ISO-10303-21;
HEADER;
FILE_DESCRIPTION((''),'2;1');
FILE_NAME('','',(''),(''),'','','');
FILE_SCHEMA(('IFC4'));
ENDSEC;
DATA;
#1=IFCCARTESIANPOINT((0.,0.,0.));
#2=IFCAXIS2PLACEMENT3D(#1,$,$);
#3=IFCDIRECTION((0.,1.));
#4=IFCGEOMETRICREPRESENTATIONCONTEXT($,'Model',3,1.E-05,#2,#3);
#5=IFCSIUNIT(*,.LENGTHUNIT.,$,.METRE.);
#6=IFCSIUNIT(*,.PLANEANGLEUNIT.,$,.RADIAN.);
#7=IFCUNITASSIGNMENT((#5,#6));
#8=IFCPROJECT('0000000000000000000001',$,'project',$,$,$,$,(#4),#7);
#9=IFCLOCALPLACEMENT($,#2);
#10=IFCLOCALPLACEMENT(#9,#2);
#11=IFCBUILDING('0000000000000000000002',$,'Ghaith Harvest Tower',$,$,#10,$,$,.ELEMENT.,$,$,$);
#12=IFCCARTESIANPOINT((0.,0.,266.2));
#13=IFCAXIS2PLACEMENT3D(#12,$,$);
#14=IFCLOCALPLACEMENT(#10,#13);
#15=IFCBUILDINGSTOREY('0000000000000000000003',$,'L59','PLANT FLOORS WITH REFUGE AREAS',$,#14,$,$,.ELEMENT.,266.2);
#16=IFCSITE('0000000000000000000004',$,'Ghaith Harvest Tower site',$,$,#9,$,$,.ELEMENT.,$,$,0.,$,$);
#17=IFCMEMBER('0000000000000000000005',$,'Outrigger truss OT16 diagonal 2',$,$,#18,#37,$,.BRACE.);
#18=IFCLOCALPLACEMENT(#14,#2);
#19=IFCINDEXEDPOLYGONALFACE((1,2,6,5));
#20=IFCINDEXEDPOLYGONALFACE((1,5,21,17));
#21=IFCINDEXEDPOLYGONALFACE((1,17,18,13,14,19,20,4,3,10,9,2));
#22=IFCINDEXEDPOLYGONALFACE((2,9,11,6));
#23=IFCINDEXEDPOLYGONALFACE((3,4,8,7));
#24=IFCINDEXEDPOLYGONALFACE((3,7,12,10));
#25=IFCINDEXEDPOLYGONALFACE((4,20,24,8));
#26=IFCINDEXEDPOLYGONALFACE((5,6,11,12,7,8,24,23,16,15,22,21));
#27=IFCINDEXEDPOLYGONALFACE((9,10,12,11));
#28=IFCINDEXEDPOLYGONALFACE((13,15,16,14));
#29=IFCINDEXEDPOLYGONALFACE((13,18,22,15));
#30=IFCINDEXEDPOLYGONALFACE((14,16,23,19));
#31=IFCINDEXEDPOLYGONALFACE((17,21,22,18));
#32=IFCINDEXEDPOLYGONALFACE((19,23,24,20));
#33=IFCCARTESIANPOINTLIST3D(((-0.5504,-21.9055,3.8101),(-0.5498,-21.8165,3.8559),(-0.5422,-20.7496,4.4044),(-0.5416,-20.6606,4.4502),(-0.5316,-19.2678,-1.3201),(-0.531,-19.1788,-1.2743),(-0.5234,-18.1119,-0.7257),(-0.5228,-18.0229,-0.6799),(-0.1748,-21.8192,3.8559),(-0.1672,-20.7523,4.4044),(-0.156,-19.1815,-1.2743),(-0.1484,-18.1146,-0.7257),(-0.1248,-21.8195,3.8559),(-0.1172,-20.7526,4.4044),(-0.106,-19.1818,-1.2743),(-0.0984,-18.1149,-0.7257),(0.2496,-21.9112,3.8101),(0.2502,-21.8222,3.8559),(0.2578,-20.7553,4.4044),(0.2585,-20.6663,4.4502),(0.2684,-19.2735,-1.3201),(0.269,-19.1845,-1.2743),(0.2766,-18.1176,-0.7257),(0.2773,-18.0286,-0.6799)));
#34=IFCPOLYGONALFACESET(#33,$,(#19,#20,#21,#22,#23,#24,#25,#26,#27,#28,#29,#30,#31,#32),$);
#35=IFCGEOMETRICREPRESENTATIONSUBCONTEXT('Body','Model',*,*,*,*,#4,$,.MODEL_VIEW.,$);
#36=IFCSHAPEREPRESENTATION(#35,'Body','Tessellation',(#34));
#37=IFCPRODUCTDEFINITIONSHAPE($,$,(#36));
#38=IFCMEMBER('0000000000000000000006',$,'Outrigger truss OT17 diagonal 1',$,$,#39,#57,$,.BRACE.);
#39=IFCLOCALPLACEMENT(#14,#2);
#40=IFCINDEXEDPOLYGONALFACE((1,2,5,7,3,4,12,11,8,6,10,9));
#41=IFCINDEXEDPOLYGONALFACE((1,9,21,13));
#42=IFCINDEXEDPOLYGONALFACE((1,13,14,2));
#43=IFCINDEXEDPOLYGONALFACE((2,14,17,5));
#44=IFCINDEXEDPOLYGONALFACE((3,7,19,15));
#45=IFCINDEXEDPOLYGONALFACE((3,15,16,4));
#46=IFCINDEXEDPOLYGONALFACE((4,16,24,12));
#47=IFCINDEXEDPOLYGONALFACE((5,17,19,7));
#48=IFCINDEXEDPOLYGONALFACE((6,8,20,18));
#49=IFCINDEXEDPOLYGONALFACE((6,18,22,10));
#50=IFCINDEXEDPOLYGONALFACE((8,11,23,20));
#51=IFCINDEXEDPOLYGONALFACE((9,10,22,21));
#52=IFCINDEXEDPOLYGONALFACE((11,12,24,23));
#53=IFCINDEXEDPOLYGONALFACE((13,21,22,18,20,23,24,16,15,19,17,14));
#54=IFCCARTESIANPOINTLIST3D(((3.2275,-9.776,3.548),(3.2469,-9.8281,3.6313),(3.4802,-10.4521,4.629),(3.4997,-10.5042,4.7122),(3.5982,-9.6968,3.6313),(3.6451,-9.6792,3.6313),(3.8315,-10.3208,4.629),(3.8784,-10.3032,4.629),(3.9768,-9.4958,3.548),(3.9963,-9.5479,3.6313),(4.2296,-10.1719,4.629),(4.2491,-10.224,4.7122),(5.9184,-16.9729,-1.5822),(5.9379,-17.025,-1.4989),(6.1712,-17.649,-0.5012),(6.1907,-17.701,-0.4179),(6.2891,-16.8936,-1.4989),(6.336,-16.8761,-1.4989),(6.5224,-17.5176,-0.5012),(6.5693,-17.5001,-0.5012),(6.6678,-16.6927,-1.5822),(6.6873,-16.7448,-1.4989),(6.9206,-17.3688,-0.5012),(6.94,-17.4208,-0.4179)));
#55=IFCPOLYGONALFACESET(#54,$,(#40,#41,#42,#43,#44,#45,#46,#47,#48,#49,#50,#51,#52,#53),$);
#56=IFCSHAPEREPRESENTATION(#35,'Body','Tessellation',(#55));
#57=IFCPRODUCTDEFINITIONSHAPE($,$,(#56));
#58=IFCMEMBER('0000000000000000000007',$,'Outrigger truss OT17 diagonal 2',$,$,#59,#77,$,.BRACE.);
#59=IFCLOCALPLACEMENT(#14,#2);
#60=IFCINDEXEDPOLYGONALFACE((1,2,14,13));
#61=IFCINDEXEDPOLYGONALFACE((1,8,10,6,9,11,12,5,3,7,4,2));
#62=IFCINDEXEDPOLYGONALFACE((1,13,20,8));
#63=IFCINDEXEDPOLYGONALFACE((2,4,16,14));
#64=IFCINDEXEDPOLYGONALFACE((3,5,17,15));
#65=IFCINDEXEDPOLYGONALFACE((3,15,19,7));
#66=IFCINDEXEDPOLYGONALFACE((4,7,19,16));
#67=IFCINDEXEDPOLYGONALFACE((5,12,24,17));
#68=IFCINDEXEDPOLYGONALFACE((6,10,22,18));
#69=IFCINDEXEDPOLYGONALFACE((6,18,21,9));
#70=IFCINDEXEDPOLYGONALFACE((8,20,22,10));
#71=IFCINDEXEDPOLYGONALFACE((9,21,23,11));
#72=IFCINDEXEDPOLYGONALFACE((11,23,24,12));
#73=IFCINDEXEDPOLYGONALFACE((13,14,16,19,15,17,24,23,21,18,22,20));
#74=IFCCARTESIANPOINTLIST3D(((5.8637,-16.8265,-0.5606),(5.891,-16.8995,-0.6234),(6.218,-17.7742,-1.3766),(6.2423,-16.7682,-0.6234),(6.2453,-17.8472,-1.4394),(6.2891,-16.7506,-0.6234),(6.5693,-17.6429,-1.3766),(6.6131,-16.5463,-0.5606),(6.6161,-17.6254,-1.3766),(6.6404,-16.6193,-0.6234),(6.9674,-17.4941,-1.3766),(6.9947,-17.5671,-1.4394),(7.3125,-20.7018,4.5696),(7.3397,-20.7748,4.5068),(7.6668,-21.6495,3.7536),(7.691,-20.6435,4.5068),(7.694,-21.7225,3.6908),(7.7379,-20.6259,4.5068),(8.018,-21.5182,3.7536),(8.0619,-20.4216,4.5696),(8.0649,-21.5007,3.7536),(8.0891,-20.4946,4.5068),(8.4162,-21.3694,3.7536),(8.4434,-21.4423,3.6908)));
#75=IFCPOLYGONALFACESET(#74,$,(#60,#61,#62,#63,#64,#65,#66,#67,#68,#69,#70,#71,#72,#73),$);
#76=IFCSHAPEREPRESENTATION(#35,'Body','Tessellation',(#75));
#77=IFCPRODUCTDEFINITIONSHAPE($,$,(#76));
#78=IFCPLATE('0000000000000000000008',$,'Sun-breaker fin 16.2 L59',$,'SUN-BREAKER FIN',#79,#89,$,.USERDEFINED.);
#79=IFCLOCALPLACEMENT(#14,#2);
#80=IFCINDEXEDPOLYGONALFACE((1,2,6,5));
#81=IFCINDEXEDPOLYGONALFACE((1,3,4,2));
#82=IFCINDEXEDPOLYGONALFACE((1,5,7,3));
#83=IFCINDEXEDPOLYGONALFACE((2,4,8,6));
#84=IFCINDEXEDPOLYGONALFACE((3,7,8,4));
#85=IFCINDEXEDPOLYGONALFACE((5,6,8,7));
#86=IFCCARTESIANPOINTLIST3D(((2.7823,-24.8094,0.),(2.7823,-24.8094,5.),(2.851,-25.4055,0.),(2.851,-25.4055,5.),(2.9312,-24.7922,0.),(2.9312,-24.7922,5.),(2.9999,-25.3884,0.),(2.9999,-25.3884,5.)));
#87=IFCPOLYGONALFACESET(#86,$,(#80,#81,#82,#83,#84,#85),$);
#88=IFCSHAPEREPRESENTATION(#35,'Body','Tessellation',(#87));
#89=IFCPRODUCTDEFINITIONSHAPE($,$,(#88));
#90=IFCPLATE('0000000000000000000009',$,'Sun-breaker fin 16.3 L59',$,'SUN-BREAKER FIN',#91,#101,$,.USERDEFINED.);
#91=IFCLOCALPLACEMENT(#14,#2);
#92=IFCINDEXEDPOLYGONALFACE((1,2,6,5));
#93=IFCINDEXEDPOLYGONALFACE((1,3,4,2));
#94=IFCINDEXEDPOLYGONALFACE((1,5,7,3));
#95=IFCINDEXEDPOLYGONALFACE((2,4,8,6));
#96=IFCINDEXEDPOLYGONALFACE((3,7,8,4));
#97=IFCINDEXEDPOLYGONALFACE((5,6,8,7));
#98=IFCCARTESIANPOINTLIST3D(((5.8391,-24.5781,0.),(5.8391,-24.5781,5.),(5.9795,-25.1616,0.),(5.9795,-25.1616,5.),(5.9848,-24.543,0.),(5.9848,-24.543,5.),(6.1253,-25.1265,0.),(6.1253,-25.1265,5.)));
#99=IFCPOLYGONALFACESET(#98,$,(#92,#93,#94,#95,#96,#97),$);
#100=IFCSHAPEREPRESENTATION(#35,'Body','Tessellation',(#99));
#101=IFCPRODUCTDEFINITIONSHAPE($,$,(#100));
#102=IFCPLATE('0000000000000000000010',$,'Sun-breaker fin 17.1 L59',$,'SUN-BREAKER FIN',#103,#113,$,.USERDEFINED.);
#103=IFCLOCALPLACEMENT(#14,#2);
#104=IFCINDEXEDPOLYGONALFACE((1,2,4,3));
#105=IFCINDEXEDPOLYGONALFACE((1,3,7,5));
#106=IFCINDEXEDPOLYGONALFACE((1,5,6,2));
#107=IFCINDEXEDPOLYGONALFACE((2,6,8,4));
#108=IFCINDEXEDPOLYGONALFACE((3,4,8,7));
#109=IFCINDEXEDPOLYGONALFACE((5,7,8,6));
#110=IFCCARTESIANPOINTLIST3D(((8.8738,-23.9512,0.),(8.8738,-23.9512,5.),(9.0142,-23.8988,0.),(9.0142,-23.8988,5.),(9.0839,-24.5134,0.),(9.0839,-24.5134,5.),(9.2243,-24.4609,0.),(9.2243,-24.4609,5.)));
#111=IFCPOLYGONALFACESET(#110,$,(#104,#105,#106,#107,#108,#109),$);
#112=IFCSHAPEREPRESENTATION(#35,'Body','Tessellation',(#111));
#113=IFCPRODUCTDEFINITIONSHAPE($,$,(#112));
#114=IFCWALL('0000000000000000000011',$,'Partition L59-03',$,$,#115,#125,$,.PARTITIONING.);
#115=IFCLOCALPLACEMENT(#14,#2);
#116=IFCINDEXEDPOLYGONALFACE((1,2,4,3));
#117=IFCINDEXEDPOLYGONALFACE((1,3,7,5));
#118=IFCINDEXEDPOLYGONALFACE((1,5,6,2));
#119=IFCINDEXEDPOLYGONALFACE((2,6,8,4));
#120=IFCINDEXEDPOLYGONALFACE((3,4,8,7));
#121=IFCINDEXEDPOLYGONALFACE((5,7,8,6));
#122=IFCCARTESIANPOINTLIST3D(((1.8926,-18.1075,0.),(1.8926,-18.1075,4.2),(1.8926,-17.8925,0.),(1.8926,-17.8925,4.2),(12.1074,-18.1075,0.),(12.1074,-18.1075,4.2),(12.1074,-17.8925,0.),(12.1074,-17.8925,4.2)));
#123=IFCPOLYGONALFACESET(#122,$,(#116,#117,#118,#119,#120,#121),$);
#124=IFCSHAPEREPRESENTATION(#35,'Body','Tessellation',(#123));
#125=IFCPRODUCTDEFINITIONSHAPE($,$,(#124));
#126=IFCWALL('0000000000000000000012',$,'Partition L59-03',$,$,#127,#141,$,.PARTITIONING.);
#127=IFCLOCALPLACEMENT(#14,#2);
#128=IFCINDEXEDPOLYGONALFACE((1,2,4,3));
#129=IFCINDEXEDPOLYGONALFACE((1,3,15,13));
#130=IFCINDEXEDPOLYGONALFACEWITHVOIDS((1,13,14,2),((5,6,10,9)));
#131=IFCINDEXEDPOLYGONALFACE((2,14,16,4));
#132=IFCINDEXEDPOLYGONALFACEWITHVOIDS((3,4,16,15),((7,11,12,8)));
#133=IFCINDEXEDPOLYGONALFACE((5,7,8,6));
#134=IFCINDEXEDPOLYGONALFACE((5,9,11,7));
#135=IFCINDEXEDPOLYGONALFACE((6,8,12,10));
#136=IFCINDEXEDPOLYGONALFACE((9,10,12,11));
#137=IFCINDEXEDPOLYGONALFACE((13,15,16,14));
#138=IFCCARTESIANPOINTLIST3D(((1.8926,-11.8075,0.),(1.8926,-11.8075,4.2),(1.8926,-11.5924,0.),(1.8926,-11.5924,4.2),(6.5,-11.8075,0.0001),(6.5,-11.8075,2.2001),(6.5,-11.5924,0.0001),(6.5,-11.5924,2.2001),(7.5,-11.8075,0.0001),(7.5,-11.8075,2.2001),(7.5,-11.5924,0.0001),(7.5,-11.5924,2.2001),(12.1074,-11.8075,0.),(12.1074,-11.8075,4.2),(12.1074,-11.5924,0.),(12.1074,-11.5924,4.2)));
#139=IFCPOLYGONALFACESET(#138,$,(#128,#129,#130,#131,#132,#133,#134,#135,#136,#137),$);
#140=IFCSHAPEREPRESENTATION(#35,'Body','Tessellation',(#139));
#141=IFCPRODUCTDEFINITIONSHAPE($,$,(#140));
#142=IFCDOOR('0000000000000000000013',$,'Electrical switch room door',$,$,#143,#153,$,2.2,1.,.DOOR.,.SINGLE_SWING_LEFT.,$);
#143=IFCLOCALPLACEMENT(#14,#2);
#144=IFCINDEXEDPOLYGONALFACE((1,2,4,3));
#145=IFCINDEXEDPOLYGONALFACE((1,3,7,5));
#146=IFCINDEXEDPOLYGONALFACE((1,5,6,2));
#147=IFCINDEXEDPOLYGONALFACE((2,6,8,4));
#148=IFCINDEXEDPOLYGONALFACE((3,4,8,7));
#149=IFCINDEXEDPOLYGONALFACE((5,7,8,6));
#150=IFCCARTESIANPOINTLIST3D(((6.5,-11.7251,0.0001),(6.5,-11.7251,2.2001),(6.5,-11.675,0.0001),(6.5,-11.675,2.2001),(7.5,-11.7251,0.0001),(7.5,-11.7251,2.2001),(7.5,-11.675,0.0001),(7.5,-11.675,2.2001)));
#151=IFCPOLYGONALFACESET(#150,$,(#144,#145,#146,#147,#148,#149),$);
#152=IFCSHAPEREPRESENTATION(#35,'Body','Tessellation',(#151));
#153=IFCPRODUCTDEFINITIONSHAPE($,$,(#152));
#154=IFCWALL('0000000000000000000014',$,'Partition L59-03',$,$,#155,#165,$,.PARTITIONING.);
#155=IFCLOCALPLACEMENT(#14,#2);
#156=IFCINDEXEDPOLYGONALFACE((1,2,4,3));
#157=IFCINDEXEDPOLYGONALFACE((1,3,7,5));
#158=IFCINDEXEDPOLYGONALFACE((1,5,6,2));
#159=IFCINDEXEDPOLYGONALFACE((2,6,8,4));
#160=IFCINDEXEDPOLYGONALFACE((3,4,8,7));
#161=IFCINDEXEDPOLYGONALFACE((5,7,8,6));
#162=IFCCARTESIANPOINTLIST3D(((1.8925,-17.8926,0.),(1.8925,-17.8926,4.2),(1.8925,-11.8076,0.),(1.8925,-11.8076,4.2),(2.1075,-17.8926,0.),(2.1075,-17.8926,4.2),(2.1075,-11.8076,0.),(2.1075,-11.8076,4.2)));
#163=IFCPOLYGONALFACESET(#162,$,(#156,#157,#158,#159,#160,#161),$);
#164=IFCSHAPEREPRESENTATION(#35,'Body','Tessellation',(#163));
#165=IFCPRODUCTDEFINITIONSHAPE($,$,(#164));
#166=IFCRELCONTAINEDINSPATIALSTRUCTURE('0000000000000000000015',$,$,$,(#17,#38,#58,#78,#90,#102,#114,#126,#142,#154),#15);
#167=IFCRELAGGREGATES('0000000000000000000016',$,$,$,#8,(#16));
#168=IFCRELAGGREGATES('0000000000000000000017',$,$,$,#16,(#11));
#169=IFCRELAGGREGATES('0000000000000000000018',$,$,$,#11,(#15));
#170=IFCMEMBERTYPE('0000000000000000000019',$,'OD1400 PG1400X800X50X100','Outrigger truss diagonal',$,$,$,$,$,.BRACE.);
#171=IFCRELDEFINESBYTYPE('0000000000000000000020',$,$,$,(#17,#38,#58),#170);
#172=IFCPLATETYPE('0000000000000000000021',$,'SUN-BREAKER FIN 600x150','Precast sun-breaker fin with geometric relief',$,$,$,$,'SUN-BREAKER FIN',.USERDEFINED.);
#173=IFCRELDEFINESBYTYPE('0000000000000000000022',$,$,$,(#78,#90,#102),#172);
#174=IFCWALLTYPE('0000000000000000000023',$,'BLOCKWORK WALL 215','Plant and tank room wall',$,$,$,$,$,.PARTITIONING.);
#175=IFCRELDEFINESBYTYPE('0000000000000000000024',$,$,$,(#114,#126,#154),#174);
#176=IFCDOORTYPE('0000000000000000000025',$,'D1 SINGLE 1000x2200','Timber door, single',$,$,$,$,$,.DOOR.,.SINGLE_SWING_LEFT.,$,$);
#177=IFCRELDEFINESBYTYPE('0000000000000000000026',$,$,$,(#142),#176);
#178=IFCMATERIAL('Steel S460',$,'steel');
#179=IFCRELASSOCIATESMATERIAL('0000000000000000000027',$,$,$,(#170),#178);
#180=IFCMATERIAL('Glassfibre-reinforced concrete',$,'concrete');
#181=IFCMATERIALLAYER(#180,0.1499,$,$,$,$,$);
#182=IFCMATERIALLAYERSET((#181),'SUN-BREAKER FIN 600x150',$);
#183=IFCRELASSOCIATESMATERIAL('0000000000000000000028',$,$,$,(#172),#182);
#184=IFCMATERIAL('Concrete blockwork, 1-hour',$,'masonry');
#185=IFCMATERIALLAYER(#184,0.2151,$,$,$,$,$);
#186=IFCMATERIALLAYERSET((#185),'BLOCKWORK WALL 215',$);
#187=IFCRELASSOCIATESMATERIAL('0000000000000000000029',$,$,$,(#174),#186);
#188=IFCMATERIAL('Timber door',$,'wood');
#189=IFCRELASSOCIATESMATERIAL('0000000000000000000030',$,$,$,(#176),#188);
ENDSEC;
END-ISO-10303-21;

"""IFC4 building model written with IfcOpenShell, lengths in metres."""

from ifc_helpers import new_model, si_unit, direction, frame, frame_2d, origin, origin_2d, place, context, subcontext, project, spatial, rectangle, i_section, extrude, material, layer, layer_set, material_profile, profile_set, type_object, element, fill, save


model = new_model("IFC4")

# Units and contexts
model_context = context("Model", 3, precision=1e-05, world=origin(), true_north=direction((0.0, 1.0)))
body_context = subcontext(model_context, "Body", "Model", "MODEL_VIEW")
ifc_project = project(units=[si_unit("LENGTHUNIT", "METRE"), si_unit("PLANEANGLEUNIT", "RADIAN")], contexts=[model_context])

# Site, building, storey
site_placement = place(None, origin())
site = spatial("IfcSite", under=ifc_project, at=site_placement, Name="Ghaith Harvest Tower site", CompositionType="ELEMENT", RefElevation=0.0)
building_placement = place(site_placement, origin())
building = spatial("IfcBuilding", under=site, at=building_placement, Name="Ghaith Harvest Tower", CompositionType="ELEMENT")
storey_placement = place(building_placement, frame((0.0, 0.0, 266.2)))
storey = spatial("IfcBuildingStorey", under=building, at=storey_placement, Name="L59", Description="PLANT FLOORS WITH REFUGE AREAS", CompositionType="ELEMENT", Elevation=266.2)

# Members
ifc_material_1 = material(Name="Steel S460", Category="steel")
ifc_material_profile_1 = material_profile(ifc_material_1, i_section(OverallWidth=0.8, OverallDepth=1.3999, WebThickness=0.05, FlangeThickness=0.1001, at=origin_2d()), Name="PG1400X800X50X100")
ifc_profile_set_1 = profile_set([ifc_material_profile_1], Name="Steel S460")
member_type_1 = type_object("IfcMemberType", Name="OD1400 PG1400X800X50X100", Description="Outrigger truss diagonal", PredefinedType="BRACE", material=ifc_profile_set_1)
member_1_placement = place(storey_placement, frame((-0.1272, -18.6482, -1.0), z_axis=(-0.003259, -0.457256, 0.889329), x_axis=(0.999975, -0.007127, 0.0)))
element("IfcMember", 1, at=member_1_placement, inside=storey, type_object=member_type_1, Name="Outrigger truss OT16 diagonal 2", PredefinedType="BRACE", context=body_context, shape_type="SweptSolid", body=[
    extrude(i_section(OverallWidth=0.8, OverallDepth=1.3999, WebThickness=0.05, FlangeThickness=0.1001, at=origin_2d()), origin(), (0.0, 0.0, 1.0), 5.7686),
])
member_2_placement = place(storey_placement, frame((3.7383, -10.0, 4.1301), z_axis=(0.291267, -0.778985, -0.555289), x_axis=(0.936666, 0.350225, 0.0)))
element("IfcMember", 2, at=member_2_placement, inside=storey, type_object=member_type_1, Name="Outrigger truss OT17 diagonal 1", PredefinedType="BRACE", context=body_context, shape_type="SweptSolid", body=[
    extrude(i_section(OverallWidth=0.8, OverallDepth=1.3999, WebThickness=0.05, FlangeThickness=0.1001, at=origin_2d()), origin(), (0.0, 0.0, 1.0), 9.2388),
])
member_3_placement = place(storey_placement, frame((6.4292, -17.1968, -1.0), z_axis=(0.219821, -0.588006, 0.778414), x_axis=(0.936685, 0.350173, 0.0)))
element("IfcMember", 3, at=member_3_placement, inside=storey, type_object=member_type_1, Name="Outrigger truss OT17 diagonal 2", PredefinedType="BRACE", context=body_context, shape_type="SweptSolid", body=[
    extrude(i_section(OverallWidth=0.8, OverallDepth=1.3999, WebThickness=0.05, FlangeThickness=0.1001, at=origin_2d()), origin(), (0.0, 0.0, 1.0), 6.5906),
])

# Plates
ifc_material_2 = material(Name="Glassfibre-reinforced concrete", Category="concrete")
ifc_layer_1 = layer(ifc_material_2, 0.1499)
ifc_layer_set_1 = layer_set([ifc_layer_1], Name="SUN-BREAKER FIN 600x150")
plate_type = type_object("IfcPlateType", Name="SUN-BREAKER FIN 600x150", Description="Precast sun-breaker fin with geometric relief", ElementType="SUN-BREAKER FIN", PredefinedType="USERDEFINED", material=ifc_layer_set_1)
for number, where, z_axis, x_axis, name in (
    (4, (2.8911, -25.0989, 0.0), (0.0, 0.0, 1.0), (0.114436, -0.993431, 0.0), "Sun-breaker fin 16.2 L59"),
    (5, (5.9822, -24.8523, 0.0), (0.0, 0.0, 1.0), (0.234028, -0.97223, 0.0), "Sun-breaker fin 16.3 L59"),
    (6, (9.0491, -24.2061, 0.0), (0.0, 0.0, 1.0), (0.350168, -0.936687, 0.0), "Sun-breaker fin 17.1 L59"),
):
    element("IfcPlate", number, at=place(storey_placement, frame(where, z_axis=z_axis, x_axis=x_axis)), inside=storey, type_object=plate_type, Name=name, ObjectType="SUN-BREAKER FIN", PredefinedType="USERDEFINED", context=body_context, shape_type="SweptSolid", body=[
        extrude(rectangle(XDim=0.6001, YDim=0.1499, at=origin_2d()), origin(), (0.0, 0.0, 1.0), 5.0),
    ])

# Wall
ifc_material_3 = material(Name="Concrete blockwork, 1-hour", Category="masonry")
ifc_layer_2 = layer(ifc_material_3, 0.2151)
ifc_layer_set_2 = layer_set([ifc_layer_2], Name="BLOCKWORK WALL 215")
wall_type_1 = type_object("IfcWallType", Name="BLOCKWORK WALL 215", Description="Plant and tank room wall", PredefinedType="PARTITIONING", material=ifc_layer_set_2)
wall_1_placement = place(storey_placement, frame((1.8926, -18.0, 0.0), z_axis=(0.0, 0.0, 1.0), x_axis=(1.0, 0.0, 0.0)))
element("IfcWall", 7, at=wall_1_placement, inside=storey, type_object=wall_type_1, Name="Partition L59-03", PredefinedType="PARTITIONING", context=body_context, shape_type="SweptSolid", body=[
    extrude(rectangle(XDim=10.2148, YDim=0.2151, at=frame_2d((5.1074, 0.0))), origin(), (0.0, 0.0, 1.0), 4.2),
])

# Wall, opening, door
wall_2_placement = place(storey_placement, frame((1.8926, -11.7, 0.0), z_axis=(0.0, 0.0, 1.0), x_axis=(1.0, 0.0, 0.0)))
wall_2 = element("IfcWall", 8, at=wall_2_placement, inside=storey, type_object=wall_type_1, Name="Partition L59-03", PredefinedType="PARTITIONING", context=body_context, shape_type="SweptSolid", body=[
    extrude(rectangle(XDim=10.2148, YDim=0.2151, at=frame_2d((5.1074, 0.0))), origin(), (0.0, 0.0, 1.0), 4.2),
])
opening_1_placement = place(wall_2_placement, frame((4.6074, 0.0, 0.0)))
opening_1 = element("IfcOpeningElement", 9, at=opening_1_placement, cuts=wall_2, PredefinedType="OPENING", context=body_context, shape_type="SweptSolid", body=[
    extrude(rectangle(XDim=1.0, YDim=2.2, at=frame_2d((0.5, 1.1001))), frame((0.0, 0.1177, 0.0), z_axis=(0.0, -1.0, 0.0), x_axis=(1.0, 0.0, 0.0)), (0.0, 0.0, 1.0), 0.2351),
])
ifc_material_4 = material(Name="Timber door", Category="wood")
door_type = type_object("IfcDoorType", Name="D1 SINGLE 1000x2200", Description="Timber door, single", OperationType="SINGLE_SWING_LEFT", PredefinedType="DOOR", material=ifc_material_4)
door_placement = place(opening_1_placement, origin())
door = element("IfcDoor", 10, at=door_placement, inside=storey, type_object=door_type, Name="Electrical switch room door", OperationType="SINGLE_SWING_LEFT", OverallHeight=2.2, OverallWidth=1.0, PredefinedType="DOOR", context=body_context, shape_type="SweptSolid", body=[
    extrude(rectangle(XDim=1.0, YDim=2.2, at=frame_2d((0.5, 1.1001))), frame((0.0, 0.0249, 0.0), z_axis=(0.0, -1.0, 0.0), x_axis=(1.0, 0.0, 0.0)), (0.0, 0.0, 1.0), 0.05),
])
fill(opening_1, door)

# Wall
wall_3_placement = place(storey_placement, frame((2.0, -17.8926, 0.0), z_axis=(0.0, 0.0, 1.0), x_axis=(0.0, 1.0, 0.0)))
element("IfcWall", 11, at=wall_3_placement, inside=storey, type_object=wall_type_1, Name="Partition L59-03", PredefinedType="PARTITIONING", context=body_context, shape_type="SweptSolid", body=[
    extrude(rectangle(XDim=6.085, YDim=0.2151, at=frame_2d((3.0425, 0.0))), origin(), (0.0, 0.0, 1.0), 4.2),
])

save(model, "model.ifc")
